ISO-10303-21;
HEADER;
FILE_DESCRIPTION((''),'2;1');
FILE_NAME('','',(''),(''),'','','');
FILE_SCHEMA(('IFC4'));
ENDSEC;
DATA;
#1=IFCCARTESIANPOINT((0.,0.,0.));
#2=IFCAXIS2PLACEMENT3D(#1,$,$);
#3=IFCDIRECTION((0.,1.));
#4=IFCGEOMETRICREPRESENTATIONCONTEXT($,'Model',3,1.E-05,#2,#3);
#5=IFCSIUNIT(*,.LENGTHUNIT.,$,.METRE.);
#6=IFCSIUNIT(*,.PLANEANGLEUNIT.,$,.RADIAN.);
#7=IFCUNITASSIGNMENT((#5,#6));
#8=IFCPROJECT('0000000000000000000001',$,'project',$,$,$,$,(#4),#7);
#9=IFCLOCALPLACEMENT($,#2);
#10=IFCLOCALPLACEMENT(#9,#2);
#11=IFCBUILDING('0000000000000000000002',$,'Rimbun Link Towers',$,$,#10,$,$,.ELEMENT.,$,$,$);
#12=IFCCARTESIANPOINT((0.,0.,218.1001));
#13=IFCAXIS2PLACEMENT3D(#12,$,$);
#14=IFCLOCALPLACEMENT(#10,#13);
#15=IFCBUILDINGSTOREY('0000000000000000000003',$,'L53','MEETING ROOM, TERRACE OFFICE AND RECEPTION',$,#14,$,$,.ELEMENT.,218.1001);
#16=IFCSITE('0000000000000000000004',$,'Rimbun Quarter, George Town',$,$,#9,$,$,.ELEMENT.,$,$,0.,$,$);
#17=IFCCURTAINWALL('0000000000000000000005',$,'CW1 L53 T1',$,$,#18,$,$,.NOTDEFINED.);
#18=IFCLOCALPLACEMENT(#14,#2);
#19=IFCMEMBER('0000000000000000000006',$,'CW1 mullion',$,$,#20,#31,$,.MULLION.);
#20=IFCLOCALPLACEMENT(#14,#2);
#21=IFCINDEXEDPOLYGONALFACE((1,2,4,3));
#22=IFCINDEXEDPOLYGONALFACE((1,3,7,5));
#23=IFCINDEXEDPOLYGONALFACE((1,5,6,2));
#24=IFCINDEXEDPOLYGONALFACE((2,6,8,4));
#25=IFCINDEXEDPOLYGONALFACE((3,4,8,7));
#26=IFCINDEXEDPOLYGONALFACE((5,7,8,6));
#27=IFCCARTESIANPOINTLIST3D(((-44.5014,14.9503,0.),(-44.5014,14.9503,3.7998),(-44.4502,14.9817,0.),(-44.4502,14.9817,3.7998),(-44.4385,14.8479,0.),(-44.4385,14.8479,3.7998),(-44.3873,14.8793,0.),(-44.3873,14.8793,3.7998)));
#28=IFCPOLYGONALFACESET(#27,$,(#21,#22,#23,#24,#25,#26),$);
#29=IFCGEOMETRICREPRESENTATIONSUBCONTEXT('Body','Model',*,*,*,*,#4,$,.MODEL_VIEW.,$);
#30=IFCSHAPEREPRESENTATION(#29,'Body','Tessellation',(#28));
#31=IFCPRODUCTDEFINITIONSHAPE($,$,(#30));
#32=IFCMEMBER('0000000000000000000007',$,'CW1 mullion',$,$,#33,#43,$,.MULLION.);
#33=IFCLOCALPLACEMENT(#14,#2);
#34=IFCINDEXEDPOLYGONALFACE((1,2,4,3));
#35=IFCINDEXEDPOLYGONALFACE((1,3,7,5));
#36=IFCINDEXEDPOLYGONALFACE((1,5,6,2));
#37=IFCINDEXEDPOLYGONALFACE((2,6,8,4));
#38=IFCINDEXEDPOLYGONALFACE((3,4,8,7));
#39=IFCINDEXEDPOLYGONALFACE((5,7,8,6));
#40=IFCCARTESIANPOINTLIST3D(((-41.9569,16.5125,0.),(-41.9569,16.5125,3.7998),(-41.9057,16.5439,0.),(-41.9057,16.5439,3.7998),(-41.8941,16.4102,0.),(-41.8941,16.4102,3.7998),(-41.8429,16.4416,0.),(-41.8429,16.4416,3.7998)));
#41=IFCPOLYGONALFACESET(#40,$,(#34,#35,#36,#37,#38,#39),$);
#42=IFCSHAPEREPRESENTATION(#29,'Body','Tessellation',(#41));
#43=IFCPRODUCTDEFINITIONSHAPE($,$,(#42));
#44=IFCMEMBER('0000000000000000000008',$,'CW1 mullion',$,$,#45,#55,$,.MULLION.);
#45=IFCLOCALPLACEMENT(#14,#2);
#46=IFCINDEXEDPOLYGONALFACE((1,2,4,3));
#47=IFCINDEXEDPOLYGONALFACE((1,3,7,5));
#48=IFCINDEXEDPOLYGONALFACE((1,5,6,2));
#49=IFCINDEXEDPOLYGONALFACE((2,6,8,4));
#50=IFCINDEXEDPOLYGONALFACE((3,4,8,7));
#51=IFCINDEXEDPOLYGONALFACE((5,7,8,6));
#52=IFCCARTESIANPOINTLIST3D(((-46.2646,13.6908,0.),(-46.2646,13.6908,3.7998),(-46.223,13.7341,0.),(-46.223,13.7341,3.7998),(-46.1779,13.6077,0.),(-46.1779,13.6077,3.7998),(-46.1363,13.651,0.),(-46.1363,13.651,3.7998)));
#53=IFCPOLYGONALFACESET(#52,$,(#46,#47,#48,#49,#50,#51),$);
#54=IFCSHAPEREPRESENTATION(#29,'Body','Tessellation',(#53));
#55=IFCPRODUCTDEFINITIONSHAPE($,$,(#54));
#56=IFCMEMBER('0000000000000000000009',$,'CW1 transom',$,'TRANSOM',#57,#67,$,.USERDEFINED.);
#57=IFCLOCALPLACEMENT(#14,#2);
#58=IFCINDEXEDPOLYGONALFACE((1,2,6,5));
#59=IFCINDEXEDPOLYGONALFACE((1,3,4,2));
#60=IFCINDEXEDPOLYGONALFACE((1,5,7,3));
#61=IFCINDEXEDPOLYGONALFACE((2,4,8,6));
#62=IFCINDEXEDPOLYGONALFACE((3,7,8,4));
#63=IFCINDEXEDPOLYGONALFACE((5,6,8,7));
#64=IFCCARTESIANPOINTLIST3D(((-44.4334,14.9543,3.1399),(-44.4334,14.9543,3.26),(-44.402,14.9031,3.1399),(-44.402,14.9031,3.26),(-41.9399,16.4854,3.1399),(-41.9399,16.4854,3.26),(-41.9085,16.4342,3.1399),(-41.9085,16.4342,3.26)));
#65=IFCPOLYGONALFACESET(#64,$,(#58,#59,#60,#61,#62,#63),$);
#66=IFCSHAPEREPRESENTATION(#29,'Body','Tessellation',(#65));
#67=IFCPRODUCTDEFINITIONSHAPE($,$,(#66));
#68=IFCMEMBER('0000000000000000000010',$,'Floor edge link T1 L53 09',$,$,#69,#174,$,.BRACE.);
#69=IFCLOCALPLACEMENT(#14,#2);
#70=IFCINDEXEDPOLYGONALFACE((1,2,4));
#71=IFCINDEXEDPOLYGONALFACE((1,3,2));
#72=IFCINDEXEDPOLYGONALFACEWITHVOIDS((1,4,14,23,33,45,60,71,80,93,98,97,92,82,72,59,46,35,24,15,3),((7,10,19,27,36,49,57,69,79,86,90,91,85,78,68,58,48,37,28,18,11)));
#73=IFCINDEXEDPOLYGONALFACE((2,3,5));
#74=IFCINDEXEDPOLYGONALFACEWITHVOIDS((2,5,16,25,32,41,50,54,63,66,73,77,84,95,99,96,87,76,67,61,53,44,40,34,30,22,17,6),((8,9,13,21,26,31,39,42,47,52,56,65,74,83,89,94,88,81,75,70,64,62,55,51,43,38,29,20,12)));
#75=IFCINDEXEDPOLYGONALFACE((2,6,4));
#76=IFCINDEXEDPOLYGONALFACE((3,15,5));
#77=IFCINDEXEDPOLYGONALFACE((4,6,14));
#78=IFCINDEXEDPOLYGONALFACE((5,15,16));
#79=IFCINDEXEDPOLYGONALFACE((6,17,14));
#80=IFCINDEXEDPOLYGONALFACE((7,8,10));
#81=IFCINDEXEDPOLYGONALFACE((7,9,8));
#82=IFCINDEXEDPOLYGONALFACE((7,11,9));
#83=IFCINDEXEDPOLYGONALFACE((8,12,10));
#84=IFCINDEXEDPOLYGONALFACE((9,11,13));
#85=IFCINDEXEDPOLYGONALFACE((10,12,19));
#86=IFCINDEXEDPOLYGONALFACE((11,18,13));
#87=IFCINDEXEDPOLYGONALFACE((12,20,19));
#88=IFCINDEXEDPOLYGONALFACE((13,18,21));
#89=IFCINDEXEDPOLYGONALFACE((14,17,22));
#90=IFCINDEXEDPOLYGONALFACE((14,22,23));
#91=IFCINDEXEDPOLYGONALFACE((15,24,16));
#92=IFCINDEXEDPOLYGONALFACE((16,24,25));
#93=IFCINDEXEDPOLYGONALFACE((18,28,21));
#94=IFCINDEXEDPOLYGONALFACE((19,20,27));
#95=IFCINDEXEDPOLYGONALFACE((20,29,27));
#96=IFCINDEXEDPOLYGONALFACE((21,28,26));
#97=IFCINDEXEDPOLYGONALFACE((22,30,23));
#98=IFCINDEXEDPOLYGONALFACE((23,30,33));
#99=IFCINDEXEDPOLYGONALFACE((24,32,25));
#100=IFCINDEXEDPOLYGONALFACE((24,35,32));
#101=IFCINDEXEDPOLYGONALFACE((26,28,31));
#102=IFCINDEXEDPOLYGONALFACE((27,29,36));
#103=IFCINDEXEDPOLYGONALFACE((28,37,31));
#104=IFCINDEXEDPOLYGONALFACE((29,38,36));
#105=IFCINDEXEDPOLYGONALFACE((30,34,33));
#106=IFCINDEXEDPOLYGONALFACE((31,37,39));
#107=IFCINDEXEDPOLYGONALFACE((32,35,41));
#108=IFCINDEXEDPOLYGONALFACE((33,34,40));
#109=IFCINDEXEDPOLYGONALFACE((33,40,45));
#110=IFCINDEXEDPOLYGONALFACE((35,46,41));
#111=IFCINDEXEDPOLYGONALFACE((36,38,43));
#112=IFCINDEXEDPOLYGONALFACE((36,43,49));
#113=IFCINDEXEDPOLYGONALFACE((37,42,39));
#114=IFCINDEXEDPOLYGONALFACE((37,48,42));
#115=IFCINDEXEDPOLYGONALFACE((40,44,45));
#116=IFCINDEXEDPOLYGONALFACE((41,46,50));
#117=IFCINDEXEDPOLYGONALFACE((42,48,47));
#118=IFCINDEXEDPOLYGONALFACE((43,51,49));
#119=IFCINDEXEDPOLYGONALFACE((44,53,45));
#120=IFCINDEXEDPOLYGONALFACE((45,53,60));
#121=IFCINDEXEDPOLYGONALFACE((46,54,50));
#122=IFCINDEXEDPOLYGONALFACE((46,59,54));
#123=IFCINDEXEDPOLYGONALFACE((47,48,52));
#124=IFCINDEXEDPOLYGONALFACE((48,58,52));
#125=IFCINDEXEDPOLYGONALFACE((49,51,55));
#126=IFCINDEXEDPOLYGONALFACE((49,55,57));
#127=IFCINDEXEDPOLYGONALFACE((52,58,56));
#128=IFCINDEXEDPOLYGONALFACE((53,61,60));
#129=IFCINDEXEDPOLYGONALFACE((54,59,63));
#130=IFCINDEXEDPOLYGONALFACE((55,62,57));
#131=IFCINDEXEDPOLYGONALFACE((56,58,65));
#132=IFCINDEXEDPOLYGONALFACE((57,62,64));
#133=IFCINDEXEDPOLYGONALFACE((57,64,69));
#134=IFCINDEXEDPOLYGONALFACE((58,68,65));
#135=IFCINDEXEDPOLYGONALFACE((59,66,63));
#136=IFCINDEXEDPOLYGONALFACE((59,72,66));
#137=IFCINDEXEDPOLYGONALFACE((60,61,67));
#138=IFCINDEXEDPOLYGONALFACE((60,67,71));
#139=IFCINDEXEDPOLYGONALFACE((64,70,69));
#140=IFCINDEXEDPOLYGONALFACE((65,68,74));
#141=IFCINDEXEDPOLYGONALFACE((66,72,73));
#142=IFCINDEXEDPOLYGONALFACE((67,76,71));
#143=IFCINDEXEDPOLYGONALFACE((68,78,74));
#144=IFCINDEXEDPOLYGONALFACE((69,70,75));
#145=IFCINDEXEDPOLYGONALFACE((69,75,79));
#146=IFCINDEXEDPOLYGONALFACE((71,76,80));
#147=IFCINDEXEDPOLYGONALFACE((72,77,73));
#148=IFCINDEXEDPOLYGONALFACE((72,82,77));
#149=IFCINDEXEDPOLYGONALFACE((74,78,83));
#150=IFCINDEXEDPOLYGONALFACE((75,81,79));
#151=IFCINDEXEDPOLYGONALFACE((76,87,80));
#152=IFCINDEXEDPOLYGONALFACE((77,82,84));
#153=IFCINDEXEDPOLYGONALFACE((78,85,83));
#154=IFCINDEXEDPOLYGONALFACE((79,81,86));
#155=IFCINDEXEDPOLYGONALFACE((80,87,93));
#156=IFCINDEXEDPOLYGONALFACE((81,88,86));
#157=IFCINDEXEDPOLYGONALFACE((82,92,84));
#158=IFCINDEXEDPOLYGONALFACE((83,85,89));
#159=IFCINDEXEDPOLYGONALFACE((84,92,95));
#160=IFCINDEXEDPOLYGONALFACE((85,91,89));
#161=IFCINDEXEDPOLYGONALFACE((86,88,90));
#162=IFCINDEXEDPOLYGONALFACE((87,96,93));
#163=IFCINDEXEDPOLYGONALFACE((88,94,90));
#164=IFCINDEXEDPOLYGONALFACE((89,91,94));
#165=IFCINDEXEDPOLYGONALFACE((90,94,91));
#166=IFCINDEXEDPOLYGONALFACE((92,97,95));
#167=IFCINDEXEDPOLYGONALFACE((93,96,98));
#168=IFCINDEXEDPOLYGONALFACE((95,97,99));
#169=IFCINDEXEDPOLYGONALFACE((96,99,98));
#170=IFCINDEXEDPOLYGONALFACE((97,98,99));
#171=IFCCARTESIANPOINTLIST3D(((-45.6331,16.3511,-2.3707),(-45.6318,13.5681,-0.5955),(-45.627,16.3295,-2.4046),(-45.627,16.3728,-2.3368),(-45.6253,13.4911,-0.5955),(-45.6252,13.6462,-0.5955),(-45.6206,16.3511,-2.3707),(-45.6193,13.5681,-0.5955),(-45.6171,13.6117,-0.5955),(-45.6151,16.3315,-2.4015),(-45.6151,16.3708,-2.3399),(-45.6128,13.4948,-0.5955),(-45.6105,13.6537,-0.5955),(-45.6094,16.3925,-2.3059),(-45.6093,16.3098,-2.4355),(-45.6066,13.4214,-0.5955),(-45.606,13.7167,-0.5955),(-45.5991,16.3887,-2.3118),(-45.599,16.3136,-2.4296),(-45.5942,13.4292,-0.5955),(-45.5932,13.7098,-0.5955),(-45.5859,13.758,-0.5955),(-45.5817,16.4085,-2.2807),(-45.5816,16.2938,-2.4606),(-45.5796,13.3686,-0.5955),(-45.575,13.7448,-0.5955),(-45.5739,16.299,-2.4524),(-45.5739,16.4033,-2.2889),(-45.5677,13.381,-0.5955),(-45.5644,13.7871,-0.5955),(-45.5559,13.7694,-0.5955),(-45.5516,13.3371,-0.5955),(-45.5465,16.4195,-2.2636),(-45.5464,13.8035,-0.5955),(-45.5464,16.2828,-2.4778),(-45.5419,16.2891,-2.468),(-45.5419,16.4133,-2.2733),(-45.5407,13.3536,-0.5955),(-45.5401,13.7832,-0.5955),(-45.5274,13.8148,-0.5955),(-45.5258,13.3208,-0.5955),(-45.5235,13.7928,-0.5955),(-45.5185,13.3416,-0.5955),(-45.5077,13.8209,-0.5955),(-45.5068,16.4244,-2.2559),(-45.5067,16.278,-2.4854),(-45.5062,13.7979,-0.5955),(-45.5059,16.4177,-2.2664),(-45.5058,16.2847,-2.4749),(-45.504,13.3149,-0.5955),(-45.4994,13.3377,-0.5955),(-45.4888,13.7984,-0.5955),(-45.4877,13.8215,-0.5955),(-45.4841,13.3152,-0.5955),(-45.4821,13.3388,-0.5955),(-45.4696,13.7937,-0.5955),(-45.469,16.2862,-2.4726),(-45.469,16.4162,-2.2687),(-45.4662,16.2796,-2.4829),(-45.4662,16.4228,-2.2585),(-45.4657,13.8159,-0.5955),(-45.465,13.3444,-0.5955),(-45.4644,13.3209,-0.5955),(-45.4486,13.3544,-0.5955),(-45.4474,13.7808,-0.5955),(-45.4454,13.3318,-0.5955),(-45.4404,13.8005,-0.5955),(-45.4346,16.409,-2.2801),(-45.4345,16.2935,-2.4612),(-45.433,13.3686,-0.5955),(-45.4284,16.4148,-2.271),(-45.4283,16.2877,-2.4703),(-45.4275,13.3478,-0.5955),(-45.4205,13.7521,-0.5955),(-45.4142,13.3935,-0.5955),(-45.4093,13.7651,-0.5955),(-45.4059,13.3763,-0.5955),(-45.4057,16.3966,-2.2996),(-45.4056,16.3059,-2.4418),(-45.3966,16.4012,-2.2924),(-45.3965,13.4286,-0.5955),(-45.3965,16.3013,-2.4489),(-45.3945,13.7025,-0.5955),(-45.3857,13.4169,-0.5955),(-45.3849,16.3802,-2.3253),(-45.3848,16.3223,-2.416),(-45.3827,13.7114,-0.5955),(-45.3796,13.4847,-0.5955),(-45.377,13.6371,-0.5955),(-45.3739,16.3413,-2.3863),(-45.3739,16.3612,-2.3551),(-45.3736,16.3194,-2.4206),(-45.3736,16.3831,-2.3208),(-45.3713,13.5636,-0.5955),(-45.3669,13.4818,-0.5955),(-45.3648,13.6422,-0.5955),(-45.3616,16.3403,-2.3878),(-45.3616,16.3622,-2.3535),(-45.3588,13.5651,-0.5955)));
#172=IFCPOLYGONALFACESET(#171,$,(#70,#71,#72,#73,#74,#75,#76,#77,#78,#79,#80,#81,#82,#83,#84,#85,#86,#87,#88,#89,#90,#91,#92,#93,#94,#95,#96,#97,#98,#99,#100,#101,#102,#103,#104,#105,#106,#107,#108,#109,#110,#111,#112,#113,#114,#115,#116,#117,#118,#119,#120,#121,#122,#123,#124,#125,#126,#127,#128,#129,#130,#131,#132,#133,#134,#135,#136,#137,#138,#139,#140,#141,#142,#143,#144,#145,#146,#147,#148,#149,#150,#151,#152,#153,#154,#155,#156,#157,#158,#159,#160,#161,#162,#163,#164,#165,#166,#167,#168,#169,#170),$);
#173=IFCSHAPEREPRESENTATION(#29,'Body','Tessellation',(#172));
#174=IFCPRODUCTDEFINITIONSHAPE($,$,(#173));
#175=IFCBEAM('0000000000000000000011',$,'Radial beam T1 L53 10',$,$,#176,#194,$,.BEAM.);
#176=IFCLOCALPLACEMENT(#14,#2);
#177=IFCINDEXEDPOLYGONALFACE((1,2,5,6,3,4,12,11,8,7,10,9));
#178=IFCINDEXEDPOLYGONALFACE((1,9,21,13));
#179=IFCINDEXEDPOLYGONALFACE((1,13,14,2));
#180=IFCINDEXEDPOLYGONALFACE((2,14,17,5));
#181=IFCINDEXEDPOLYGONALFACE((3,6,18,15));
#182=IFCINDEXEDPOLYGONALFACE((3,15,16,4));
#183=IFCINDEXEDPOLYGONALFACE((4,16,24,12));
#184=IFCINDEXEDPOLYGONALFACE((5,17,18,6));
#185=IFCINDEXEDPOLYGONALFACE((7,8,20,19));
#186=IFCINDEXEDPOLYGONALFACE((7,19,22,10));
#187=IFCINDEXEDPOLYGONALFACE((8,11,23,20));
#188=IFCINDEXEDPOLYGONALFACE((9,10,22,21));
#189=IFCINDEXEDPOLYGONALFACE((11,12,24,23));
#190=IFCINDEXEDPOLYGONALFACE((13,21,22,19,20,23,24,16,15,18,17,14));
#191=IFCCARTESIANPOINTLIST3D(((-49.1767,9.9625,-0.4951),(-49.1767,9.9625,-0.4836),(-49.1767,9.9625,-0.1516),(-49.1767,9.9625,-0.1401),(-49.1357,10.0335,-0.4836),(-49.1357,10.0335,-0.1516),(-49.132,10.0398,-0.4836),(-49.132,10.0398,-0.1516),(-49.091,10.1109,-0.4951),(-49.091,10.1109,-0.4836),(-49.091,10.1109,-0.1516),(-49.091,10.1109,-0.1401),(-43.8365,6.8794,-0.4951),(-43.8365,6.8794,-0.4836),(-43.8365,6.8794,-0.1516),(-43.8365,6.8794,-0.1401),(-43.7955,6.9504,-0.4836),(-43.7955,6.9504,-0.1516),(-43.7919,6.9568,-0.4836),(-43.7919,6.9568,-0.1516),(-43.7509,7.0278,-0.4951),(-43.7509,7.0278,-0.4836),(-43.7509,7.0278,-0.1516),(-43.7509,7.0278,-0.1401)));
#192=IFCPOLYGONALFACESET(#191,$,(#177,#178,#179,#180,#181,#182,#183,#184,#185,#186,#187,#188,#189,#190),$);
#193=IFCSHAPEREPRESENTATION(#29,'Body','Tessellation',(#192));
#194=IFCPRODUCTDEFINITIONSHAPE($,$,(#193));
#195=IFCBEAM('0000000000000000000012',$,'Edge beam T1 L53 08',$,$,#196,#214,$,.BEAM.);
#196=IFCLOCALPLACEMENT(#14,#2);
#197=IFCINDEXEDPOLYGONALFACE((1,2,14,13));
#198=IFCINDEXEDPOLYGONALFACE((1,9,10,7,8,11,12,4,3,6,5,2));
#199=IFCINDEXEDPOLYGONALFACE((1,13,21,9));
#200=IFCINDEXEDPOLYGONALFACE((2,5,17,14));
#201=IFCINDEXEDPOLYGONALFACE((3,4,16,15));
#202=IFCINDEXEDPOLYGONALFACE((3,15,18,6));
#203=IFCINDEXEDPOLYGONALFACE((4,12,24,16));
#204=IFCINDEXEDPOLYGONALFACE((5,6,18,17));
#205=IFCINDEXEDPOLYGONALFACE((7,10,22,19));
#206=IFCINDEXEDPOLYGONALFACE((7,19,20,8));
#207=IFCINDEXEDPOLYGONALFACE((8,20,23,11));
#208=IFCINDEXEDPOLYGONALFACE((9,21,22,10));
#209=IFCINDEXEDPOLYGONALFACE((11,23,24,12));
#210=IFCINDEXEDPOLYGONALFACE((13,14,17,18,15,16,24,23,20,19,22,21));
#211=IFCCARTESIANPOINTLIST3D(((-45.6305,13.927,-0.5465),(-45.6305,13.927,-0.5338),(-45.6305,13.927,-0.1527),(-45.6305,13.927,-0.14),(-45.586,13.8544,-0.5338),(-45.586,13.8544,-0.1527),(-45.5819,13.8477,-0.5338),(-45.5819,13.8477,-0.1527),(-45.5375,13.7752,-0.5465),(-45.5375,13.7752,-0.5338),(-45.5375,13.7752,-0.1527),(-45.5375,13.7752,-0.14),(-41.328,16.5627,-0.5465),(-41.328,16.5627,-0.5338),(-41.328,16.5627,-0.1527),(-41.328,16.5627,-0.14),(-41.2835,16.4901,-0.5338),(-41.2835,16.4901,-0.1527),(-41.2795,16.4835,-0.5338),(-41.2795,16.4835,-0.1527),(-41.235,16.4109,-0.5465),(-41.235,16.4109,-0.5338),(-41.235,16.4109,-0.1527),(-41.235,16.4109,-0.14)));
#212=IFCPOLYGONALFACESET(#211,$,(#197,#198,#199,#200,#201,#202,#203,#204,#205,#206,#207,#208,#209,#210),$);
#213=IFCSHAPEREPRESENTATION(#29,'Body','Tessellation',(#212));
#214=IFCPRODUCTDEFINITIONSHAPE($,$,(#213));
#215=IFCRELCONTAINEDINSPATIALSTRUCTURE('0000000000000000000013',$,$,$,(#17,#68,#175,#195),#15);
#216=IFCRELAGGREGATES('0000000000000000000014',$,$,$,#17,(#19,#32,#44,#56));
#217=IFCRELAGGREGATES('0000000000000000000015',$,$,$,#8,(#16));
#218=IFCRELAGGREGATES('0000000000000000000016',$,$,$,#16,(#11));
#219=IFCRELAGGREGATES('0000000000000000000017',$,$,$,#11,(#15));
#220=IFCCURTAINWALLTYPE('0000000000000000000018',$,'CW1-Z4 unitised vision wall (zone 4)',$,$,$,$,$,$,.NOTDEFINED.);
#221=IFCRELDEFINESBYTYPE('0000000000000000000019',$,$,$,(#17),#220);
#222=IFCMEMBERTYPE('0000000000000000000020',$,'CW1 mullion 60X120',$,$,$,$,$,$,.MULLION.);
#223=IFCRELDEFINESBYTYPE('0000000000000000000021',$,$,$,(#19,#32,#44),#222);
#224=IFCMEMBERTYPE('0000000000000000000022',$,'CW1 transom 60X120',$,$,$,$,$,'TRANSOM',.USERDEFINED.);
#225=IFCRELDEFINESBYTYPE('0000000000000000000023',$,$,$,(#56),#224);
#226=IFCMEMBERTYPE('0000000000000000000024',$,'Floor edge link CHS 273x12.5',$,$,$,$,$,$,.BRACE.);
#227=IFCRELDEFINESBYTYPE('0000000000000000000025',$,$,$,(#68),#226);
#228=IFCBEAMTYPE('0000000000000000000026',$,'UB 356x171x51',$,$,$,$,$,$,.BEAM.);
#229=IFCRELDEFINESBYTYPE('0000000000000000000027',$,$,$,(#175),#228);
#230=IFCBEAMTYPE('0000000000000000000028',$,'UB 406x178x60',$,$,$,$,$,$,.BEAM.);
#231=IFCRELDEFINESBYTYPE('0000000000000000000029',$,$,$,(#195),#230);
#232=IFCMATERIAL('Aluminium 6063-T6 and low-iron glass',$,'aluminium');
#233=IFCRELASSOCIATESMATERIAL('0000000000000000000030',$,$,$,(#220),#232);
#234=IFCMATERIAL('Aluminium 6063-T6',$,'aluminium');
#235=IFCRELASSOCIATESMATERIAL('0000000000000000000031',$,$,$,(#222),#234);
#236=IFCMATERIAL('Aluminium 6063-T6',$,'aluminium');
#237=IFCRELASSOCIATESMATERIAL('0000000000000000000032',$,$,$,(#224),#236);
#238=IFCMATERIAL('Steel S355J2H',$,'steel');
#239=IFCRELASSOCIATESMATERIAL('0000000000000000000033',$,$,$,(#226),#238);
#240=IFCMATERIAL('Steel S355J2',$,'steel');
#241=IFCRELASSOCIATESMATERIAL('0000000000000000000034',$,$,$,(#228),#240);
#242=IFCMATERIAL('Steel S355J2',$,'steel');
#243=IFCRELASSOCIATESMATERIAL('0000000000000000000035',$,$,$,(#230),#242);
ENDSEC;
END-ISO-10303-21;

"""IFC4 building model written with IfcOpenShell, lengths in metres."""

from ifc_helpers import new_model, si_unit, direction, frame, origin, origin_2d, place, context, subcontext, project, spatial, rectangle, hollow_circle, i_section, extrude, clip, halfspace, material, material_profile, profile_set, type_object, element, aggregate, save


model = new_model("IFC4")

# Units and contexts
model_context = context("Model", 3, precision=1e-05, world=origin(), true_north=direction((0.0, 1.0)))
body_context = subcontext(model_context, "Body", "Model", "MODEL_VIEW")
ifc_project = project(units=[si_unit("LENGTHUNIT", "METRE"), si_unit("PLANEANGLEUNIT", "RADIAN")], contexts=[model_context])

# Site, building, storey
site_placement = place(None, origin())
site = spatial("IfcSite", under=ifc_project, at=site_placement, Name="Rimbun Quarter, George Town", CompositionType="ELEMENT", RefElevation=0.0)
building_placement = place(site_placement, origin())
building = spatial("IfcBuilding", under=site, at=building_placement, Name="Rimbun Link Towers", CompositionType="ELEMENT")
storey_placement = place(building_placement, frame((0.0, 0.0, 218.1001)))
storey = spatial("IfcBuildingStorey", under=building, at=storey_placement, Name="L53", Description="MEETING ROOM, TERRACE OFFICE AND RECEPTION", CompositionType="ELEMENT", Elevation=218.1001)

# Curtain wall, members
ifc_material_1 = material(Name="Aluminium 6063-T6 and low-iron glass", Category="aluminium")
curtain_wall_type = type_object("IfcCurtainWallType", Name="CW1-Z4 unitised vision wall (zone 4)", PredefinedType="NOTDEFINED", material=ifc_material_1)
curtain_wall_placement = place(storey_placement, origin())
curtain_wall = element("IfcCurtainWall", 1, at=curtain_wall_placement, inside=storey, type_object=curtain_wall_type, Name="CW1 L53 T1", PredefinedType="NOTDEFINED")
ifc_material_2 = material(Name="Aluminium 6063-T6", Category="aluminium")
ifc_material_profile_1 = material_profile(ifc_material_2, rectangle(XDim=0.1201, YDim=0.0601, at=origin_2d()), Name="MULLION 60X120")
ifc_profile_set_1 = profile_set([ifc_material_profile_1], Name="Aluminium 6063-T6")
member_type_1 = type_object("IfcMemberType", Name="CW1 mullion 60X120", PredefinedType="MULLION", material=ifc_profile_set_1)
member_1_placement = place(storey_placement, frame((-44.4443, 14.9148, 0.0), z_axis=(0.0, 0.0, 1.0), x_axis=(-0.523242, 0.852184, 0.0)))
member_1 = element("IfcMember", 2, at=member_1_placement, type_object=member_type_1, Name="CW1 mullion", PredefinedType="MULLION", context=body_context, shape_type="SweptSolid", body=[
    extrude(rectangle(XDim=0.1201, YDim=0.0601, at=origin_2d()), origin(), (0.0, 0.0, 1.0), 3.7998),
])
member_2_placement = place(storey_placement, frame((-41.8999, 16.4771, 0.0), z_axis=(0.0, 0.0, 1.0), x_axis=(-0.523242, 0.852184, 0.0)))
member_2 = element("IfcMember", 3, at=member_2_placement, type_object=member_type_1, Name="CW1 mullion", PredefinedType="MULLION", context=body_context, shape_type="SweptSolid", body=[
    extrude(rectangle(XDim=0.1201, YDim=0.0601, at=origin_2d()), origin(), (0.0, 0.0, 1.0), 3.7998),
])
member_3_placement = place(storey_placement, frame((-46.2004, 13.6709, 0.0), z_axis=(0.0, 0.0, 1.0), x_axis=(-0.721846, 0.692053, 0.0)))
member_3 = element("IfcMember", 4, at=member_3_placement, type_object=member_type_1, Name="CW1 mullion", PredefinedType="MULLION", context=body_context, shape_type="SweptSolid", body=[
    extrude(rectangle(XDim=0.1201, YDim=0.0601, at=origin_2d()), origin(), (0.0, 0.0, 1.0), 3.7998),
])
ifc_material_3 = material(Name="Aluminium 6063-T6", Category="aluminium")
ifc_material_profile_2 = material_profile(ifc_material_3, rectangle(XDim=0.0601, YDim=0.1201, at=origin_2d()), Name="TRANSOM 60X120")
ifc_profile_set_2 = profile_set([ifc_material_profile_2], Name="Aluminium 6063-T6")
member_type_2 = type_object("IfcMemberType", Name="CW1 transom 60X120", ElementType="TRANSOM", PredefinedType="USERDEFINED", material=ifc_profile_set_2)
member_4_placement = place(storey_placement, frame((-44.4177, 14.9287, 3.2), z_axis=(0.852176, 0.523255, 0.0), x_axis=(-0.523255, 0.852176, 0.0)))
member_4 = element("IfcMember", 5, at=member_4_placement, type_object=member_type_2, Name="CW1 transom", ObjectType="TRANSOM", PredefinedType="USERDEFINED", context=body_context, shape_type="SweptSolid", body=[
    extrude(rectangle(XDim=0.0601, YDim=0.1201, at=origin_2d()), origin(), (0.0, 0.0, 1.0), 2.926),
])

# Member
ifc_material_4 = material(Name="Steel S355J2H", Category="steel")
ifc_material_profile_3 = material_profile(ifc_material_4, hollow_circle(Radius=0.1365, WallThickness=0.0125, at=origin_2d()), Name="CHS 273x12.5")
ifc_profile_set_3 = profile_set([ifc_material_profile_3], Name="Steel S355J2H")
member_type_3 = type_object("IfcMemberType", Name="Floor edge link CHS 273x12.5", PredefinedType="BRACE", material=ifc_profile_set_3)
member_5_placement = place(storey_placement, frame((-45.4954, 13.7454, -0.7085), z_axis=(-0.000395, 0.843085, -0.53778), x_axis=(-1.0, -0.000468, 0.0)))
element("IfcMember", 6, at=member_5_placement, inside=storey, type_object=member_type_3, Name="Floor edge link T1 L53 09", PredefinedType="BRACE", context=body_context, shape_type="Clipping", body=[
    clip(extrude(hollow_circle(Radius=0.1365, WallThickness=0.0125, at=origin_2d()), frame((0.0, 0.0, -0.4465)), (0.0, 0.0, 1.0), 3.5374), halfspace(frame((0.0, 0.0, -0.2102), z_axis=(0.0, 0.843085, -0.53778)), False)),
])

# Beams
ifc_material_5 = material(Name="Steel S355J2", Category="steel")
ifc_material_profile_4 = material_profile(ifc_material_5, i_section(OverallWidth=0.1714, OverallDepth=0.355, WebThickness=0.0073, FlangeThickness=0.0115, at=origin_2d()), Name="UB 356x171x51")
ifc_profile_set_4 = profile_set([ifc_material_profile_4], Name="Steel S355J2")
beam_type_1 = type_object("IfcBeamType", Name="UB 356x171x51", PredefinedType="BEAM", material=ifc_profile_set_4)
beam_1_placement = place(storey_placement, frame((-43.7937, 6.9536, -0.3176), z_axis=(-0.866032, 0.499989, 0.0), x_axis=(-0.499989, -0.866032, 0.0)))
element("IfcBeam", 7, at=beam_1_placement, inside=storey, type_object=beam_type_1, Name="Radial beam T1 L53 10", PredefinedType="BEAM", context=body_context, shape_type="SweptSolid", body=[
    extrude(i_section(OverallWidth=0.1714, OverallDepth=0.355, WebThickness=0.0073, FlangeThickness=0.0115, at=origin_2d()), origin(), (0.0, 0.0, 1.0), 6.1663),
])
ifc_material_6 = material(Name="Steel S355J2", Category="steel")
ifc_material_profile_5 = material_profile(ifc_material_6, i_section(OverallWidth=0.178, OverallDepth=0.4065, WebThickness=0.0078, FlangeThickness=0.0127, at=origin_2d()), Name="UB 406x178x60")
ifc_profile_set_5 = profile_set([ifc_material_profile_5], Name="Steel S355J2")
beam_type_2 = type_object("IfcBeamType", Name="UB 406x178x60", PredefinedType="BEAM", material=ifc_profile_set_5)
beam_2_placement = place(storey_placement, frame((-41.2815, 16.4868, -0.3433), z_axis=(-0.852713, -0.522379, 0.0), x_axis=(0.522379, -0.852713, 0.0)))
element("IfcBeam", 8, at=beam_2_placement, inside=storey, type_object=beam_type_2, Name="Edge beam T1 L53 08", PredefinedType="BEAM", context=body_context, shape_type="SweptSolid", body=[
    extrude(i_section(OverallWidth=0.178, OverallDepth=0.4065, WebThickness=0.0078, FlangeThickness=0.0127, at=origin_2d()), origin(), (0.0, 0.0, 1.0), 5.0457),
])

aggregate(curtain_wall, [member_1, member_2, member_3, member_4])

save(model, "model.ifc")
